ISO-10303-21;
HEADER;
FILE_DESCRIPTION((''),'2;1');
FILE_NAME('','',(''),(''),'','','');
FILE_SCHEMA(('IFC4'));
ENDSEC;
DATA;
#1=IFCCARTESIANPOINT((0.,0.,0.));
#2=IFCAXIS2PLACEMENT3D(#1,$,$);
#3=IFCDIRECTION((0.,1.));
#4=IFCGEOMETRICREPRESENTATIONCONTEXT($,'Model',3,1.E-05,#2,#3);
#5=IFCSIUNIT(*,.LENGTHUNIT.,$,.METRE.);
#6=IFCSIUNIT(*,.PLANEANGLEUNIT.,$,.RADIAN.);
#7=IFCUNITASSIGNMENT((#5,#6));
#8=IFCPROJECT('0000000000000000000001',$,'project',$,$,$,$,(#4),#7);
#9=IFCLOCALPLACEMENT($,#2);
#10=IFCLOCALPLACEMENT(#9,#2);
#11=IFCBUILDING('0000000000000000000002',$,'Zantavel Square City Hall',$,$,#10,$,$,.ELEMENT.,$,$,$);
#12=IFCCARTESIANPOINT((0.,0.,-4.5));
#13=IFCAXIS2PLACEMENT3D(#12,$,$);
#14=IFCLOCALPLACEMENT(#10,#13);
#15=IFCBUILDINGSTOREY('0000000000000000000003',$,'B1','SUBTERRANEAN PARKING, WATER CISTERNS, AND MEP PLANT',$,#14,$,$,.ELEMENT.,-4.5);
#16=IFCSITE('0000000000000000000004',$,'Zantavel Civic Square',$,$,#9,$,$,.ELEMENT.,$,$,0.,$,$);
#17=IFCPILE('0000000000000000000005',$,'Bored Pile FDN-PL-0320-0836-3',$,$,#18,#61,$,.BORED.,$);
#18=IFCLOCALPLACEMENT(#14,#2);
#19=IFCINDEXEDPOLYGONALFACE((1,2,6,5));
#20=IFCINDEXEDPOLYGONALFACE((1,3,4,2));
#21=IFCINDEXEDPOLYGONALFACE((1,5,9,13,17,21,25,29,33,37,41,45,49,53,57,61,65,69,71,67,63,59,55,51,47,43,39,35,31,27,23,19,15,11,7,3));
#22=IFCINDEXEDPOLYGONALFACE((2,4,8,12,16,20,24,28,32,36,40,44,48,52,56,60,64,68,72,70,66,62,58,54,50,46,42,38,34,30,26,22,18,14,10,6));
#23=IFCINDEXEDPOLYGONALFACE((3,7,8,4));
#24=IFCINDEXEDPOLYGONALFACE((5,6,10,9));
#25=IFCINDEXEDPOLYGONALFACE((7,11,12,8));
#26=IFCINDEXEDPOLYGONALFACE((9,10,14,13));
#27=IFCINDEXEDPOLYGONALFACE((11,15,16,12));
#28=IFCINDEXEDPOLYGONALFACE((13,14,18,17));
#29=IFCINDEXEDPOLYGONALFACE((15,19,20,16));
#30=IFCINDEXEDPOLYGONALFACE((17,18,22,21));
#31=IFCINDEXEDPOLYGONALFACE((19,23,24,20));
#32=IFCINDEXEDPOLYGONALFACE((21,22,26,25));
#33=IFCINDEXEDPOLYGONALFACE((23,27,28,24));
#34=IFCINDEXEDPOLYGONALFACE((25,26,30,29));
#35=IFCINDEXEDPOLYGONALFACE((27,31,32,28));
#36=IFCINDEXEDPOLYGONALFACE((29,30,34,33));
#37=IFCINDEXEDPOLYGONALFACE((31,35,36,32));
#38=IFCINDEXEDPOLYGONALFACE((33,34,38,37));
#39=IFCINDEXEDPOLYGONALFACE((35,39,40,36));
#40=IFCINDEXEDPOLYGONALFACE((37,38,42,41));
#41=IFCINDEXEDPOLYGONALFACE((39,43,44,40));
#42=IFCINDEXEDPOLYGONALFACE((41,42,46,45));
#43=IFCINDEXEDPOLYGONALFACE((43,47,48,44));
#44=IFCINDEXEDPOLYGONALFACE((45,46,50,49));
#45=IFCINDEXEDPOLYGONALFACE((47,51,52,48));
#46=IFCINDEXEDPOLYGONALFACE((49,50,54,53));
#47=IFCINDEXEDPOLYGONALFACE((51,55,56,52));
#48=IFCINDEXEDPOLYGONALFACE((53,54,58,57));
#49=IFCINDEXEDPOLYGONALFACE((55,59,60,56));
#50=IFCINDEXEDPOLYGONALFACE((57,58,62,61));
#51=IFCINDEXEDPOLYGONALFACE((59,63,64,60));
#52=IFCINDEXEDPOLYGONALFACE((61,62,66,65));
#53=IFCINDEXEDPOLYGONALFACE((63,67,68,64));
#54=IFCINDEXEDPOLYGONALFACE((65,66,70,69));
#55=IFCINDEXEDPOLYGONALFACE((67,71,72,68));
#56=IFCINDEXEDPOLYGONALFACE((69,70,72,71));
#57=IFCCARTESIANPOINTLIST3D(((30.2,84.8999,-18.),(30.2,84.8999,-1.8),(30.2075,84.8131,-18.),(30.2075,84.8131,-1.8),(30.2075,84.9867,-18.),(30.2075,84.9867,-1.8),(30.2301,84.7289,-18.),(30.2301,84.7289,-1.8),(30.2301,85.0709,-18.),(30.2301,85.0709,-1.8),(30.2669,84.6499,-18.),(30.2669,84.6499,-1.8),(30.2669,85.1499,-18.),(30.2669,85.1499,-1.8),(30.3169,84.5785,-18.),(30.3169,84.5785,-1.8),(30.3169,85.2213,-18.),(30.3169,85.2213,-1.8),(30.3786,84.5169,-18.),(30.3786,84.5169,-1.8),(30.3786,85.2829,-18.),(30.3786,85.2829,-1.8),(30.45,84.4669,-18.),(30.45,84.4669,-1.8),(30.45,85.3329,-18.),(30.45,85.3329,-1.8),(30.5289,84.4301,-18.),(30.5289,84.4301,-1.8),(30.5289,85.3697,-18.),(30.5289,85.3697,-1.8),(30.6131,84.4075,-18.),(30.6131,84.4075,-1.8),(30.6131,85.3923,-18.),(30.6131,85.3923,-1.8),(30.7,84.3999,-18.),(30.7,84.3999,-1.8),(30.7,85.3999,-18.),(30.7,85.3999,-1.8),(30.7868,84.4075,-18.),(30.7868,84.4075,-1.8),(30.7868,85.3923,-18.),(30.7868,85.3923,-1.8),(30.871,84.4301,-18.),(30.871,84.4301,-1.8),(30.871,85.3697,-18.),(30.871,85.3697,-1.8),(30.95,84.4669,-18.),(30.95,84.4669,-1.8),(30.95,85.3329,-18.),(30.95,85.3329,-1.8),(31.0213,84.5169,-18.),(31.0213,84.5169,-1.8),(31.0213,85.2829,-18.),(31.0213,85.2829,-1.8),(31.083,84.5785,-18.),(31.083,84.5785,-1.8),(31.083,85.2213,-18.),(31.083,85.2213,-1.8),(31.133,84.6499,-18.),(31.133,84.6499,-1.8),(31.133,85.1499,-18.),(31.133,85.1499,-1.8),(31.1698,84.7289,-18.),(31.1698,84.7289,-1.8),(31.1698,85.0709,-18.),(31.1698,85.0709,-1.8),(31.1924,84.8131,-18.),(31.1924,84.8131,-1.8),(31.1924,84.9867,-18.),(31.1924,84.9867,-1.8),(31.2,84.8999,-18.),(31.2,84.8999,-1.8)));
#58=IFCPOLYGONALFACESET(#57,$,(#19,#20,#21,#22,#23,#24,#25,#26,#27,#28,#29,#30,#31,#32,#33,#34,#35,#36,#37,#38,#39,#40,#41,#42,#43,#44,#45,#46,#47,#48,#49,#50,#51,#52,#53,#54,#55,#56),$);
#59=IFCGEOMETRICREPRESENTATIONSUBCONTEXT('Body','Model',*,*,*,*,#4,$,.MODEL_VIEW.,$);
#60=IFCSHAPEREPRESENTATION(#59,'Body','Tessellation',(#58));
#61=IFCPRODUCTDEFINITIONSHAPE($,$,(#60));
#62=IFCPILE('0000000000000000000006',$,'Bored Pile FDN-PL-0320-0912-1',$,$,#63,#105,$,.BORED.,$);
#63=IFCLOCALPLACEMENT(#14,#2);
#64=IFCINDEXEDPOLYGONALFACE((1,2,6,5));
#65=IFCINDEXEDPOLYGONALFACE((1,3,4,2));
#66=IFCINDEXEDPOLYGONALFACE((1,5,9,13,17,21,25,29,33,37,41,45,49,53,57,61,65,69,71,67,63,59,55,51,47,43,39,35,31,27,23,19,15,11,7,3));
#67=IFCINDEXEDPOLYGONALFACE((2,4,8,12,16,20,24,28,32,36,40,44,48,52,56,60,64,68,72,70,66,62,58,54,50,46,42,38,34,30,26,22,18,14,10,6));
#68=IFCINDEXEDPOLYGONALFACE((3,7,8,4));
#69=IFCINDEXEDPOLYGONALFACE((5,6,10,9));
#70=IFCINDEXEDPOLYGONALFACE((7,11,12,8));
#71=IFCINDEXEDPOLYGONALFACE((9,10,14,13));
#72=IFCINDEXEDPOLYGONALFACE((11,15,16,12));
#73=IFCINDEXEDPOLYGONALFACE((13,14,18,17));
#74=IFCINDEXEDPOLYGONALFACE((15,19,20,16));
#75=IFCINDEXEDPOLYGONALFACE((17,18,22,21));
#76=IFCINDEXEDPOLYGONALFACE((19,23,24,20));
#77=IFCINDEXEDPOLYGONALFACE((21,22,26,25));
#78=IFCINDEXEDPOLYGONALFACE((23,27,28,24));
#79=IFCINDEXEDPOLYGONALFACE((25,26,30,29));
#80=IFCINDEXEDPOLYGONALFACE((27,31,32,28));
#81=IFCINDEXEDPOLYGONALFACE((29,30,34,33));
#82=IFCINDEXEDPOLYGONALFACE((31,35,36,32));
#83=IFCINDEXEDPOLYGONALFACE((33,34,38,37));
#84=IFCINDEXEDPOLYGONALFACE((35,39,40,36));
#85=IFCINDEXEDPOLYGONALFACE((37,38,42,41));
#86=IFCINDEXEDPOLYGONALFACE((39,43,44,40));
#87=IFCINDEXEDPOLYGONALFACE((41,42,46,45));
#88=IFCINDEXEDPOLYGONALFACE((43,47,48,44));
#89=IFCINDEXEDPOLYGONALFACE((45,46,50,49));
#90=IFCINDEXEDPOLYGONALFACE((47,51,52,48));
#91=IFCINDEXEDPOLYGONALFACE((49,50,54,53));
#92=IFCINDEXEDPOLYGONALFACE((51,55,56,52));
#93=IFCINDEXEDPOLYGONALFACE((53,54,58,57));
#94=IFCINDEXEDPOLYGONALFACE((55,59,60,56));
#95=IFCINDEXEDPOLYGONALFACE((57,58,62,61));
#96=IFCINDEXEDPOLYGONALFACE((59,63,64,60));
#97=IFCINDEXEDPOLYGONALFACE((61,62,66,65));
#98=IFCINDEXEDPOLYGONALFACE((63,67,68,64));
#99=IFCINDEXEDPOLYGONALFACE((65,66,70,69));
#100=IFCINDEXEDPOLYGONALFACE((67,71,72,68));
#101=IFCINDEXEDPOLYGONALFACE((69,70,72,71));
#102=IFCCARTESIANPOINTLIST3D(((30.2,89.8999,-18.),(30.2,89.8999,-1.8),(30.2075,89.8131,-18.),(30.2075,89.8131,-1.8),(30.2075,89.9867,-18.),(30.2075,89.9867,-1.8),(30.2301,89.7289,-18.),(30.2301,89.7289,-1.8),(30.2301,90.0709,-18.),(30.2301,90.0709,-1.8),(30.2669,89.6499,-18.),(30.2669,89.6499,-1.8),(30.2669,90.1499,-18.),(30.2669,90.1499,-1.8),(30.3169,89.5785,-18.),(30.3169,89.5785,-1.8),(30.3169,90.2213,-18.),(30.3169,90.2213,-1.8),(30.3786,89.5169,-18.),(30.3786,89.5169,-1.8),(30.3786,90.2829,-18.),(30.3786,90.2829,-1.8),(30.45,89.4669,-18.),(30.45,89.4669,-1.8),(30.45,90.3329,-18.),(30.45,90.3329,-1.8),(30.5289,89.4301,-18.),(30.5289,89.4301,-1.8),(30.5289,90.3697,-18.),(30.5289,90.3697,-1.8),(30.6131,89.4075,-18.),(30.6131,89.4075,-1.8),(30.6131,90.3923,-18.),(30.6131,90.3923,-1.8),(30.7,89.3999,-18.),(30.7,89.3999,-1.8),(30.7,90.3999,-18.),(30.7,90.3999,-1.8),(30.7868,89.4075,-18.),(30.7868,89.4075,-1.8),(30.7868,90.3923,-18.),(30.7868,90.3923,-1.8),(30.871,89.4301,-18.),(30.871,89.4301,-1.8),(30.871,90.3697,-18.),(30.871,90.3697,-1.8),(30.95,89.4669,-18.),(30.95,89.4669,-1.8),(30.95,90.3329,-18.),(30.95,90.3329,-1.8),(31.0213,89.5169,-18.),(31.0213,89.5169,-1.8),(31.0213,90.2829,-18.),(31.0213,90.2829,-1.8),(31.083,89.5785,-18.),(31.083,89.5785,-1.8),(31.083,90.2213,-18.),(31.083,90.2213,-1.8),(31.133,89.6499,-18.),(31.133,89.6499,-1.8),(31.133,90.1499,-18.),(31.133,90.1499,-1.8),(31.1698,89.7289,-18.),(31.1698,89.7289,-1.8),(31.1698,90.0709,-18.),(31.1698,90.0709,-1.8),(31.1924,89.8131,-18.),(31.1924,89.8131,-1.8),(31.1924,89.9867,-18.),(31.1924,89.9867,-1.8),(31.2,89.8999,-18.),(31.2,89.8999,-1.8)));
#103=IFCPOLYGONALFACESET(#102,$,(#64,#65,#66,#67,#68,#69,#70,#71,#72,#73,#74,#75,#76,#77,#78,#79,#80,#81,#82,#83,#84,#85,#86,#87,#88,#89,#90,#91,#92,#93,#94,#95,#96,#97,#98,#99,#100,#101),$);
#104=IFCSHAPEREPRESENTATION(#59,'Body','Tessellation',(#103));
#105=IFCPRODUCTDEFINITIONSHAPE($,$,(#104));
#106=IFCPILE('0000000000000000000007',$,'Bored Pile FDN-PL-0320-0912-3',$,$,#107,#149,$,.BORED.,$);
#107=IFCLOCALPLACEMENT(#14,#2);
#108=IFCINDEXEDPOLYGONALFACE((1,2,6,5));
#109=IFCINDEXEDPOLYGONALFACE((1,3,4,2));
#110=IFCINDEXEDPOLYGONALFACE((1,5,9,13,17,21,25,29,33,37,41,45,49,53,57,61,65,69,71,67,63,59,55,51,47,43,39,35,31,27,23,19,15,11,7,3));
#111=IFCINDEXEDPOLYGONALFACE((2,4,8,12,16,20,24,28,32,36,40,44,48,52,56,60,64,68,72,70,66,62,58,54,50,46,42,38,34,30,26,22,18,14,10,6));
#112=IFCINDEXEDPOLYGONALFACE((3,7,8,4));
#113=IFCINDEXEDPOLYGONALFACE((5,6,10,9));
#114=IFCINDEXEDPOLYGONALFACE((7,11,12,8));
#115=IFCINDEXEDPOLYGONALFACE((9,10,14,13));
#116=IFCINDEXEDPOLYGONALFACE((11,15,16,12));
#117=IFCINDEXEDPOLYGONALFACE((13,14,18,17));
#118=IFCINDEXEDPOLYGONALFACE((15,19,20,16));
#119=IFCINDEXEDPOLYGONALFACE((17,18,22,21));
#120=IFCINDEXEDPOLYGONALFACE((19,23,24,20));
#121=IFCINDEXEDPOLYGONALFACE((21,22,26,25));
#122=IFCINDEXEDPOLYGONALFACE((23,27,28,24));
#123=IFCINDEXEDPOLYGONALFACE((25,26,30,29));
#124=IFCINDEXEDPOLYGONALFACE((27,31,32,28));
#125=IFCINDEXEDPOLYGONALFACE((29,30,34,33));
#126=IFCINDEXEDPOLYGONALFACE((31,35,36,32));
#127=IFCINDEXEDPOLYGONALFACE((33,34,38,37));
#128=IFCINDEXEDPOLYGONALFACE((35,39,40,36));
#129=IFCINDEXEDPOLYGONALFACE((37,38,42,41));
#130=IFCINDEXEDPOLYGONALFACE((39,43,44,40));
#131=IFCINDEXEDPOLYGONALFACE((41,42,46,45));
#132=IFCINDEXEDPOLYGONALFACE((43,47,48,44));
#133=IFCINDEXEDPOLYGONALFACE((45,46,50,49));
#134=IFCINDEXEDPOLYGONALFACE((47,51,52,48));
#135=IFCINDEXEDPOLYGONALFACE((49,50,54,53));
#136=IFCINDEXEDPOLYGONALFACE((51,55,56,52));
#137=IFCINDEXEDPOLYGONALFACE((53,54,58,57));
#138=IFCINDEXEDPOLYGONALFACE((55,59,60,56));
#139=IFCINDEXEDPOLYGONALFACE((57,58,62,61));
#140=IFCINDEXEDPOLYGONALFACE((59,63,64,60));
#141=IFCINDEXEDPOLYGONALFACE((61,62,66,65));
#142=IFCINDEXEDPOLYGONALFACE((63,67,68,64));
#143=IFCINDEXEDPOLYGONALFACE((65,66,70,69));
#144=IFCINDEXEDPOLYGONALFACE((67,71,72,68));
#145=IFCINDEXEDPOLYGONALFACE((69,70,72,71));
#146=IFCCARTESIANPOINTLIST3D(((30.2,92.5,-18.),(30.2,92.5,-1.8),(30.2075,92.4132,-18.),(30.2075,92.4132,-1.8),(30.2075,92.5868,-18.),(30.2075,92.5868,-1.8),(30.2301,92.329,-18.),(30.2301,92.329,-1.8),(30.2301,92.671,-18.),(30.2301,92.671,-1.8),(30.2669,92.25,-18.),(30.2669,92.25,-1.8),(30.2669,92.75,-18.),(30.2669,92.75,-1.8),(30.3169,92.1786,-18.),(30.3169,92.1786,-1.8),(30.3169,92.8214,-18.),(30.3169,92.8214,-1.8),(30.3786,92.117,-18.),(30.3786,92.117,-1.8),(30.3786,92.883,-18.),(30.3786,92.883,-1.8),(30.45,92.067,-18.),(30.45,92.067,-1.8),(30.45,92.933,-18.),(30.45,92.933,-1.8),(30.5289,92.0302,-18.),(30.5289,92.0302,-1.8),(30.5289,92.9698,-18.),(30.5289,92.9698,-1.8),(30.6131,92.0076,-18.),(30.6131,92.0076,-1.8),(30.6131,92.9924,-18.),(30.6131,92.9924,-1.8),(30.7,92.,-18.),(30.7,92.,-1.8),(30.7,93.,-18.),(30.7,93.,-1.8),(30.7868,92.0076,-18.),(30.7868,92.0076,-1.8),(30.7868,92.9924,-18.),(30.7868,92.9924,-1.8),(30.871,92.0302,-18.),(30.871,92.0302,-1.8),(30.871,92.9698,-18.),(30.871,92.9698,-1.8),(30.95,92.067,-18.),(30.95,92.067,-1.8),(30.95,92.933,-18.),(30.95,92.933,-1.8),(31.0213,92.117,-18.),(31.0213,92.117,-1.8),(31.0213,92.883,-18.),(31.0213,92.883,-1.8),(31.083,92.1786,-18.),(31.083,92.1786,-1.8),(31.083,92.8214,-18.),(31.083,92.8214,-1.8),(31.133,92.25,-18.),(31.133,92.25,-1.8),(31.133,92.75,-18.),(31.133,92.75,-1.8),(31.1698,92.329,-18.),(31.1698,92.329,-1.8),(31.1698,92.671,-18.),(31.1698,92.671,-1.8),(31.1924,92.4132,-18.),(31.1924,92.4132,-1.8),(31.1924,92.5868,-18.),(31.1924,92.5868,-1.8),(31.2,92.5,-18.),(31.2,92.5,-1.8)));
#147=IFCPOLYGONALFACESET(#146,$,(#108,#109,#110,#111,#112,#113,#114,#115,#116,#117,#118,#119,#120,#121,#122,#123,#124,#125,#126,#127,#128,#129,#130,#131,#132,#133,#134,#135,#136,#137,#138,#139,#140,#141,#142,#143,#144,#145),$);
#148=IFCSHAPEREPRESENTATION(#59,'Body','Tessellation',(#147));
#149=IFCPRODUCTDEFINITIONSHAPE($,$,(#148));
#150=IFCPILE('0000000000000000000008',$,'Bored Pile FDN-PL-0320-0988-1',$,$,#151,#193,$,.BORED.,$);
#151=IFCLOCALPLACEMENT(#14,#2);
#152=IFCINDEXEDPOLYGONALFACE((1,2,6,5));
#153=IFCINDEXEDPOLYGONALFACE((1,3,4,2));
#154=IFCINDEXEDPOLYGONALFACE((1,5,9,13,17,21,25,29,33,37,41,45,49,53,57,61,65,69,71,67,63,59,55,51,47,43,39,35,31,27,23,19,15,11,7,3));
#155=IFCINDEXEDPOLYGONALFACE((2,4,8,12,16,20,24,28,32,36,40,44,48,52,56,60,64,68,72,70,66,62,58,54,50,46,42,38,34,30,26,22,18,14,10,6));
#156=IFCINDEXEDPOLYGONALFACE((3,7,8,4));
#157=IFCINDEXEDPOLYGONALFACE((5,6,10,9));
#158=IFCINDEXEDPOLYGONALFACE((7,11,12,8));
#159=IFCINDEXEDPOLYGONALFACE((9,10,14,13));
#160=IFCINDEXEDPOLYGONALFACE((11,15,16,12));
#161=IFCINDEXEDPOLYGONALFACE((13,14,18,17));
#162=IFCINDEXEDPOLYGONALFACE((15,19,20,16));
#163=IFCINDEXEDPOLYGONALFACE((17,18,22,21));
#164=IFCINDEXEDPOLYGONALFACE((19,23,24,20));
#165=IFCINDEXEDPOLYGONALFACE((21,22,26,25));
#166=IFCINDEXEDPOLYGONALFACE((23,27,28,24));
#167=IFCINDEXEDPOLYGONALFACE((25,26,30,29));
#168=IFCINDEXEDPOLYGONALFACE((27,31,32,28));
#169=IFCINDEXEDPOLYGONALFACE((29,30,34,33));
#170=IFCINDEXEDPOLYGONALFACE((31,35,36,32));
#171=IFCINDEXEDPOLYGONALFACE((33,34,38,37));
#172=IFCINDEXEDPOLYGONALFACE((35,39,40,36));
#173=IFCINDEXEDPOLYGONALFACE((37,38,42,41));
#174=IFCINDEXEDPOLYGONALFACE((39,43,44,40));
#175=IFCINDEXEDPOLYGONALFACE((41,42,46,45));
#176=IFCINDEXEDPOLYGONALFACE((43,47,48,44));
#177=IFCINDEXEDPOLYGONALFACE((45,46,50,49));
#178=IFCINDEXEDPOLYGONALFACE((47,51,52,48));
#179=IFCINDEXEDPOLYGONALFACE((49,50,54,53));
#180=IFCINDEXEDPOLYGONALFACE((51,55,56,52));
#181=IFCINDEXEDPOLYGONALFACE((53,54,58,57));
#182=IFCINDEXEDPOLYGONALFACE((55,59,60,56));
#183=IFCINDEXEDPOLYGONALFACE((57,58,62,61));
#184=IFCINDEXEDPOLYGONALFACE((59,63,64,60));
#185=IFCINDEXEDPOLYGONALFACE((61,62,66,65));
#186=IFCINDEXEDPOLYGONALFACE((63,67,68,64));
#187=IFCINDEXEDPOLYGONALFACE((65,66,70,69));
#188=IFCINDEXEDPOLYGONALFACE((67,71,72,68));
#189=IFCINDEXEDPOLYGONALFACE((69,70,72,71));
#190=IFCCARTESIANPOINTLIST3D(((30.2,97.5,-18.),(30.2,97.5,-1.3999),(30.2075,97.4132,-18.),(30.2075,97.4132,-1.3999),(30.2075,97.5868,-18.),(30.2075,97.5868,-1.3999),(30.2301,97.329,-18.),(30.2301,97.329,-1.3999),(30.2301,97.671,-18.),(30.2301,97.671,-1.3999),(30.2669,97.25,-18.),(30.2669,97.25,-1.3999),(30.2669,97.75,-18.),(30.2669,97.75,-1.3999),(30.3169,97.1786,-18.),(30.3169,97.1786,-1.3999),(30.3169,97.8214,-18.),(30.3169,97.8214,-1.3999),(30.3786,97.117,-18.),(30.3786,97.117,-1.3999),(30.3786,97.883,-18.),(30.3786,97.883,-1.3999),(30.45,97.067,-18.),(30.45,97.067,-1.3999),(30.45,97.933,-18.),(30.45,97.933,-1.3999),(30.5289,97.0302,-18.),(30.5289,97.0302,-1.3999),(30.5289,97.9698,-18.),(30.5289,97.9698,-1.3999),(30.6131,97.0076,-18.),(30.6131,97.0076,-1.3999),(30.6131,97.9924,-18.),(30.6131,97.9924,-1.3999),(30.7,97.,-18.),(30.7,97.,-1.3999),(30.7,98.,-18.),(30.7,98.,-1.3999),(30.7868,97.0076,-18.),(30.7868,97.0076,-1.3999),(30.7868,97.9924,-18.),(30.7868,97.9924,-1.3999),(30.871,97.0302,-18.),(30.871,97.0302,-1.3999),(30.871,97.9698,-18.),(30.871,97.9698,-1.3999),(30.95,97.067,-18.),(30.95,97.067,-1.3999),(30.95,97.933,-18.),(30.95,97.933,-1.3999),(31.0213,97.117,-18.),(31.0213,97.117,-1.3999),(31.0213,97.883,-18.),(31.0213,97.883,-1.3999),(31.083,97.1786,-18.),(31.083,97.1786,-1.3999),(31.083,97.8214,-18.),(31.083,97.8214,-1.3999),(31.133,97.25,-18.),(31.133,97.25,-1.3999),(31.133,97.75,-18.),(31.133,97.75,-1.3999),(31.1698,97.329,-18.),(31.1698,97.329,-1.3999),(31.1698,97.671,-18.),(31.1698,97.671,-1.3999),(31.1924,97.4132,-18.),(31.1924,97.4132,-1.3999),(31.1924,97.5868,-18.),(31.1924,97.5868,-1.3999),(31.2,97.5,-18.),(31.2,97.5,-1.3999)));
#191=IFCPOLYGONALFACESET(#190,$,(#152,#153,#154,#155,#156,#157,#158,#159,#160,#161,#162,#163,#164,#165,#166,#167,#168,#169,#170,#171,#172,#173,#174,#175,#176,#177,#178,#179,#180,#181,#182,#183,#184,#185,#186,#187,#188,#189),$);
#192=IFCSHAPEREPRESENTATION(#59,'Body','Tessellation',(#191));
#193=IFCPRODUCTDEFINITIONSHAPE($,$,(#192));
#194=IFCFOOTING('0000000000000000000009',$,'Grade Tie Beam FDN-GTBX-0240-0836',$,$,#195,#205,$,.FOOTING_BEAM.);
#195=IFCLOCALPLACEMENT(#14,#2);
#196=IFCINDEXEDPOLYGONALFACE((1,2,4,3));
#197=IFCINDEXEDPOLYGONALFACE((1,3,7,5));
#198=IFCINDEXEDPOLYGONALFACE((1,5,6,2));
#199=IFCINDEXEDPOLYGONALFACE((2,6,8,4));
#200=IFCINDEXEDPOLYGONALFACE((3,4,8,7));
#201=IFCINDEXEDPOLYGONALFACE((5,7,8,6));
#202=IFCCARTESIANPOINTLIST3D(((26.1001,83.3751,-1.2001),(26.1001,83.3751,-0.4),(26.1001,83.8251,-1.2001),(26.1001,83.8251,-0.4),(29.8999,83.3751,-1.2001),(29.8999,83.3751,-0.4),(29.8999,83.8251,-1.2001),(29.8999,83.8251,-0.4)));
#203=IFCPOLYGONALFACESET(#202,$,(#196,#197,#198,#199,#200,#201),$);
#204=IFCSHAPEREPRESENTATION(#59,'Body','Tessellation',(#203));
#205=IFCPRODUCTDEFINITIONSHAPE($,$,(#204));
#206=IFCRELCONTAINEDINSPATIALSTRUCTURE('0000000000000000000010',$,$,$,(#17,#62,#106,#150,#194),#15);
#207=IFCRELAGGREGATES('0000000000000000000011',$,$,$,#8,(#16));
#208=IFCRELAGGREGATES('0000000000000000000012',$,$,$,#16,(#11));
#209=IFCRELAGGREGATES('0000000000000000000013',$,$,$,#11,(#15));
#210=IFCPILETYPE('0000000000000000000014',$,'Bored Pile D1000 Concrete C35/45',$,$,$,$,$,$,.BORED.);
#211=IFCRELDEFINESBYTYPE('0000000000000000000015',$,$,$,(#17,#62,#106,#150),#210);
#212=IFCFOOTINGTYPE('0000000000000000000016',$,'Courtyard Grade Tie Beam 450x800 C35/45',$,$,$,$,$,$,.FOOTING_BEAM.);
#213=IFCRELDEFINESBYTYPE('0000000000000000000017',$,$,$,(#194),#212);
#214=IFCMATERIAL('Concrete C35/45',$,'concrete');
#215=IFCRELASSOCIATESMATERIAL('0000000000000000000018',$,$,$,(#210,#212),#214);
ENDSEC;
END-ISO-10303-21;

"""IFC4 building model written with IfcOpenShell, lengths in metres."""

from ifc_helpers import new_model, si_unit, direction, frame, origin, origin_2d, place, context, subcontext, project, spatial, rectangle, circle, extrude, material, material_profile, profile_set, type_object, element, save


model = new_model("IFC4")

# Units and contexts
model_context = context("Model", 3, precision=1e-05, world=origin(), true_north=direction((0.0, 1.0)))
body_context = subcontext(model_context, "Body", "Model", "MODEL_VIEW")
ifc_project = project(units=[si_unit("LENGTHUNIT", "METRE"), si_unit("PLANEANGLEUNIT", "RADIAN")], contexts=[model_context])

# Site, building, storey
site_placement = place(None, origin())
site = spatial("IfcSite", under=ifc_project, at=site_placement, Name="Zantavel Civic Square", CompositionType="ELEMENT", RefElevation=0.0)
building_placement = place(site_placement, origin())
building = spatial("IfcBuilding", under=site, at=building_placement, Name="Zantavel Square City Hall", CompositionType="ELEMENT")
storey_placement = place(building_placement, frame((0.0, 0.0, -4.5)))
storey = spatial("IfcBuildingStorey", under=building, at=storey_placement, Name="B1", Description="SUBTERRANEAN PARKING, WATER CISTERNS, AND MEP PLANT", CompositionType="ELEMENT", Elevation=-4.5)

# Piles
ifc_material_1 = material(Name="Concrete C35/45", Category="concrete")
ifc_material_profile_1 = material_profile(ifc_material_1, circle(Radius=0.5, at=origin_2d()), Name="PILE D1000")
ifc_profile_set_1 = profile_set([ifc_material_profile_1], Name="Concrete C35/45")
pile_type = type_object("IfcPileType", Name="Bored Pile D1000 Concrete C35/45", PredefinedType="BORED", material=ifc_profile_set_1)
for number, where, z_axis, x_axis, name in (
    (1, (30.7, 84.8999, -1.8), (0.0, 0.0, -1.0), (1.0, 0.0, 0.0), "Bored Pile FDN-PL-0320-0836-3"),
    (2, (30.7, 89.8999, -1.8), (0.0, 0.0, -1.0), (1.0, 0.0, 0.0), "Bored Pile FDN-PL-0320-0912-1"),
    (3, (30.7, 92.5, -1.8), (0.0, 0.0, -1.0), (1.0, 0.0, 0.0), "Bored Pile FDN-PL-0320-0912-3"),
):
    element("IfcPile", number, at=place(storey_placement, frame(where, z_axis=z_axis, x_axis=x_axis)), inside=storey, type_object=pile_type, Name=name, PredefinedType="BORED", context=body_context, shape_type="SweptSolid", body=[
        extrude(circle(Radius=0.5, at=origin_2d()), origin(), (0.0, 0.0, 1.0), 16.2),
    ])
pile_placement = place(storey_placement, frame((30.7, 97.5, -1.3999), z_axis=(0.0, 0.0, -1.0), x_axis=(1.0, 0.0, 0.0)))
element("IfcPile", 4, at=pile_placement, inside=storey, type_object=pile_type, Name="Bored Pile FDN-PL-0320-0988-1", PredefinedType="BORED", context=body_context, shape_type="SweptSolid", body=[
    extrude(circle(Radius=0.5, at=origin_2d()), origin(), (0.0, 0.0, 1.0), 16.6001),
])

# Footing
ifc_material_profile_2 = material_profile(ifc_material_1, rectangle(XDim=0.45, YDim=0.8, at=origin_2d()), Name="RC 450x800")
ifc_profile_set_2 = profile_set([ifc_material_profile_2], Name="Concrete C35/45")
footing_type_1 = type_object("IfcFootingType", Name="Courtyard Grade Tie Beam 450x800 C35/45", PredefinedType="FOOTING_BEAM", material=ifc_profile_set_2)
footing_1_placement = place(storey_placement, frame((26.1001, 83.6001, -0.8), z_axis=(1.0, 0.0, 0.0), x_axis=(0.0, 1.0, 0.0)))
element("IfcFooting", 5, at=footing_1_placement, inside=storey, type_object=footing_type_1, Name="Grade Tie Beam FDN-GTBX-0240-0836", PredefinedType="FOOTING_BEAM", context=body_context, shape_type="SweptSolid", body=[
    extrude(rectangle(XDim=0.45, YDim=0.8, at=origin_2d()), origin(), (0.0, 0.0, 1.0), 3.7998),
])

save(model, "model.ifc")
